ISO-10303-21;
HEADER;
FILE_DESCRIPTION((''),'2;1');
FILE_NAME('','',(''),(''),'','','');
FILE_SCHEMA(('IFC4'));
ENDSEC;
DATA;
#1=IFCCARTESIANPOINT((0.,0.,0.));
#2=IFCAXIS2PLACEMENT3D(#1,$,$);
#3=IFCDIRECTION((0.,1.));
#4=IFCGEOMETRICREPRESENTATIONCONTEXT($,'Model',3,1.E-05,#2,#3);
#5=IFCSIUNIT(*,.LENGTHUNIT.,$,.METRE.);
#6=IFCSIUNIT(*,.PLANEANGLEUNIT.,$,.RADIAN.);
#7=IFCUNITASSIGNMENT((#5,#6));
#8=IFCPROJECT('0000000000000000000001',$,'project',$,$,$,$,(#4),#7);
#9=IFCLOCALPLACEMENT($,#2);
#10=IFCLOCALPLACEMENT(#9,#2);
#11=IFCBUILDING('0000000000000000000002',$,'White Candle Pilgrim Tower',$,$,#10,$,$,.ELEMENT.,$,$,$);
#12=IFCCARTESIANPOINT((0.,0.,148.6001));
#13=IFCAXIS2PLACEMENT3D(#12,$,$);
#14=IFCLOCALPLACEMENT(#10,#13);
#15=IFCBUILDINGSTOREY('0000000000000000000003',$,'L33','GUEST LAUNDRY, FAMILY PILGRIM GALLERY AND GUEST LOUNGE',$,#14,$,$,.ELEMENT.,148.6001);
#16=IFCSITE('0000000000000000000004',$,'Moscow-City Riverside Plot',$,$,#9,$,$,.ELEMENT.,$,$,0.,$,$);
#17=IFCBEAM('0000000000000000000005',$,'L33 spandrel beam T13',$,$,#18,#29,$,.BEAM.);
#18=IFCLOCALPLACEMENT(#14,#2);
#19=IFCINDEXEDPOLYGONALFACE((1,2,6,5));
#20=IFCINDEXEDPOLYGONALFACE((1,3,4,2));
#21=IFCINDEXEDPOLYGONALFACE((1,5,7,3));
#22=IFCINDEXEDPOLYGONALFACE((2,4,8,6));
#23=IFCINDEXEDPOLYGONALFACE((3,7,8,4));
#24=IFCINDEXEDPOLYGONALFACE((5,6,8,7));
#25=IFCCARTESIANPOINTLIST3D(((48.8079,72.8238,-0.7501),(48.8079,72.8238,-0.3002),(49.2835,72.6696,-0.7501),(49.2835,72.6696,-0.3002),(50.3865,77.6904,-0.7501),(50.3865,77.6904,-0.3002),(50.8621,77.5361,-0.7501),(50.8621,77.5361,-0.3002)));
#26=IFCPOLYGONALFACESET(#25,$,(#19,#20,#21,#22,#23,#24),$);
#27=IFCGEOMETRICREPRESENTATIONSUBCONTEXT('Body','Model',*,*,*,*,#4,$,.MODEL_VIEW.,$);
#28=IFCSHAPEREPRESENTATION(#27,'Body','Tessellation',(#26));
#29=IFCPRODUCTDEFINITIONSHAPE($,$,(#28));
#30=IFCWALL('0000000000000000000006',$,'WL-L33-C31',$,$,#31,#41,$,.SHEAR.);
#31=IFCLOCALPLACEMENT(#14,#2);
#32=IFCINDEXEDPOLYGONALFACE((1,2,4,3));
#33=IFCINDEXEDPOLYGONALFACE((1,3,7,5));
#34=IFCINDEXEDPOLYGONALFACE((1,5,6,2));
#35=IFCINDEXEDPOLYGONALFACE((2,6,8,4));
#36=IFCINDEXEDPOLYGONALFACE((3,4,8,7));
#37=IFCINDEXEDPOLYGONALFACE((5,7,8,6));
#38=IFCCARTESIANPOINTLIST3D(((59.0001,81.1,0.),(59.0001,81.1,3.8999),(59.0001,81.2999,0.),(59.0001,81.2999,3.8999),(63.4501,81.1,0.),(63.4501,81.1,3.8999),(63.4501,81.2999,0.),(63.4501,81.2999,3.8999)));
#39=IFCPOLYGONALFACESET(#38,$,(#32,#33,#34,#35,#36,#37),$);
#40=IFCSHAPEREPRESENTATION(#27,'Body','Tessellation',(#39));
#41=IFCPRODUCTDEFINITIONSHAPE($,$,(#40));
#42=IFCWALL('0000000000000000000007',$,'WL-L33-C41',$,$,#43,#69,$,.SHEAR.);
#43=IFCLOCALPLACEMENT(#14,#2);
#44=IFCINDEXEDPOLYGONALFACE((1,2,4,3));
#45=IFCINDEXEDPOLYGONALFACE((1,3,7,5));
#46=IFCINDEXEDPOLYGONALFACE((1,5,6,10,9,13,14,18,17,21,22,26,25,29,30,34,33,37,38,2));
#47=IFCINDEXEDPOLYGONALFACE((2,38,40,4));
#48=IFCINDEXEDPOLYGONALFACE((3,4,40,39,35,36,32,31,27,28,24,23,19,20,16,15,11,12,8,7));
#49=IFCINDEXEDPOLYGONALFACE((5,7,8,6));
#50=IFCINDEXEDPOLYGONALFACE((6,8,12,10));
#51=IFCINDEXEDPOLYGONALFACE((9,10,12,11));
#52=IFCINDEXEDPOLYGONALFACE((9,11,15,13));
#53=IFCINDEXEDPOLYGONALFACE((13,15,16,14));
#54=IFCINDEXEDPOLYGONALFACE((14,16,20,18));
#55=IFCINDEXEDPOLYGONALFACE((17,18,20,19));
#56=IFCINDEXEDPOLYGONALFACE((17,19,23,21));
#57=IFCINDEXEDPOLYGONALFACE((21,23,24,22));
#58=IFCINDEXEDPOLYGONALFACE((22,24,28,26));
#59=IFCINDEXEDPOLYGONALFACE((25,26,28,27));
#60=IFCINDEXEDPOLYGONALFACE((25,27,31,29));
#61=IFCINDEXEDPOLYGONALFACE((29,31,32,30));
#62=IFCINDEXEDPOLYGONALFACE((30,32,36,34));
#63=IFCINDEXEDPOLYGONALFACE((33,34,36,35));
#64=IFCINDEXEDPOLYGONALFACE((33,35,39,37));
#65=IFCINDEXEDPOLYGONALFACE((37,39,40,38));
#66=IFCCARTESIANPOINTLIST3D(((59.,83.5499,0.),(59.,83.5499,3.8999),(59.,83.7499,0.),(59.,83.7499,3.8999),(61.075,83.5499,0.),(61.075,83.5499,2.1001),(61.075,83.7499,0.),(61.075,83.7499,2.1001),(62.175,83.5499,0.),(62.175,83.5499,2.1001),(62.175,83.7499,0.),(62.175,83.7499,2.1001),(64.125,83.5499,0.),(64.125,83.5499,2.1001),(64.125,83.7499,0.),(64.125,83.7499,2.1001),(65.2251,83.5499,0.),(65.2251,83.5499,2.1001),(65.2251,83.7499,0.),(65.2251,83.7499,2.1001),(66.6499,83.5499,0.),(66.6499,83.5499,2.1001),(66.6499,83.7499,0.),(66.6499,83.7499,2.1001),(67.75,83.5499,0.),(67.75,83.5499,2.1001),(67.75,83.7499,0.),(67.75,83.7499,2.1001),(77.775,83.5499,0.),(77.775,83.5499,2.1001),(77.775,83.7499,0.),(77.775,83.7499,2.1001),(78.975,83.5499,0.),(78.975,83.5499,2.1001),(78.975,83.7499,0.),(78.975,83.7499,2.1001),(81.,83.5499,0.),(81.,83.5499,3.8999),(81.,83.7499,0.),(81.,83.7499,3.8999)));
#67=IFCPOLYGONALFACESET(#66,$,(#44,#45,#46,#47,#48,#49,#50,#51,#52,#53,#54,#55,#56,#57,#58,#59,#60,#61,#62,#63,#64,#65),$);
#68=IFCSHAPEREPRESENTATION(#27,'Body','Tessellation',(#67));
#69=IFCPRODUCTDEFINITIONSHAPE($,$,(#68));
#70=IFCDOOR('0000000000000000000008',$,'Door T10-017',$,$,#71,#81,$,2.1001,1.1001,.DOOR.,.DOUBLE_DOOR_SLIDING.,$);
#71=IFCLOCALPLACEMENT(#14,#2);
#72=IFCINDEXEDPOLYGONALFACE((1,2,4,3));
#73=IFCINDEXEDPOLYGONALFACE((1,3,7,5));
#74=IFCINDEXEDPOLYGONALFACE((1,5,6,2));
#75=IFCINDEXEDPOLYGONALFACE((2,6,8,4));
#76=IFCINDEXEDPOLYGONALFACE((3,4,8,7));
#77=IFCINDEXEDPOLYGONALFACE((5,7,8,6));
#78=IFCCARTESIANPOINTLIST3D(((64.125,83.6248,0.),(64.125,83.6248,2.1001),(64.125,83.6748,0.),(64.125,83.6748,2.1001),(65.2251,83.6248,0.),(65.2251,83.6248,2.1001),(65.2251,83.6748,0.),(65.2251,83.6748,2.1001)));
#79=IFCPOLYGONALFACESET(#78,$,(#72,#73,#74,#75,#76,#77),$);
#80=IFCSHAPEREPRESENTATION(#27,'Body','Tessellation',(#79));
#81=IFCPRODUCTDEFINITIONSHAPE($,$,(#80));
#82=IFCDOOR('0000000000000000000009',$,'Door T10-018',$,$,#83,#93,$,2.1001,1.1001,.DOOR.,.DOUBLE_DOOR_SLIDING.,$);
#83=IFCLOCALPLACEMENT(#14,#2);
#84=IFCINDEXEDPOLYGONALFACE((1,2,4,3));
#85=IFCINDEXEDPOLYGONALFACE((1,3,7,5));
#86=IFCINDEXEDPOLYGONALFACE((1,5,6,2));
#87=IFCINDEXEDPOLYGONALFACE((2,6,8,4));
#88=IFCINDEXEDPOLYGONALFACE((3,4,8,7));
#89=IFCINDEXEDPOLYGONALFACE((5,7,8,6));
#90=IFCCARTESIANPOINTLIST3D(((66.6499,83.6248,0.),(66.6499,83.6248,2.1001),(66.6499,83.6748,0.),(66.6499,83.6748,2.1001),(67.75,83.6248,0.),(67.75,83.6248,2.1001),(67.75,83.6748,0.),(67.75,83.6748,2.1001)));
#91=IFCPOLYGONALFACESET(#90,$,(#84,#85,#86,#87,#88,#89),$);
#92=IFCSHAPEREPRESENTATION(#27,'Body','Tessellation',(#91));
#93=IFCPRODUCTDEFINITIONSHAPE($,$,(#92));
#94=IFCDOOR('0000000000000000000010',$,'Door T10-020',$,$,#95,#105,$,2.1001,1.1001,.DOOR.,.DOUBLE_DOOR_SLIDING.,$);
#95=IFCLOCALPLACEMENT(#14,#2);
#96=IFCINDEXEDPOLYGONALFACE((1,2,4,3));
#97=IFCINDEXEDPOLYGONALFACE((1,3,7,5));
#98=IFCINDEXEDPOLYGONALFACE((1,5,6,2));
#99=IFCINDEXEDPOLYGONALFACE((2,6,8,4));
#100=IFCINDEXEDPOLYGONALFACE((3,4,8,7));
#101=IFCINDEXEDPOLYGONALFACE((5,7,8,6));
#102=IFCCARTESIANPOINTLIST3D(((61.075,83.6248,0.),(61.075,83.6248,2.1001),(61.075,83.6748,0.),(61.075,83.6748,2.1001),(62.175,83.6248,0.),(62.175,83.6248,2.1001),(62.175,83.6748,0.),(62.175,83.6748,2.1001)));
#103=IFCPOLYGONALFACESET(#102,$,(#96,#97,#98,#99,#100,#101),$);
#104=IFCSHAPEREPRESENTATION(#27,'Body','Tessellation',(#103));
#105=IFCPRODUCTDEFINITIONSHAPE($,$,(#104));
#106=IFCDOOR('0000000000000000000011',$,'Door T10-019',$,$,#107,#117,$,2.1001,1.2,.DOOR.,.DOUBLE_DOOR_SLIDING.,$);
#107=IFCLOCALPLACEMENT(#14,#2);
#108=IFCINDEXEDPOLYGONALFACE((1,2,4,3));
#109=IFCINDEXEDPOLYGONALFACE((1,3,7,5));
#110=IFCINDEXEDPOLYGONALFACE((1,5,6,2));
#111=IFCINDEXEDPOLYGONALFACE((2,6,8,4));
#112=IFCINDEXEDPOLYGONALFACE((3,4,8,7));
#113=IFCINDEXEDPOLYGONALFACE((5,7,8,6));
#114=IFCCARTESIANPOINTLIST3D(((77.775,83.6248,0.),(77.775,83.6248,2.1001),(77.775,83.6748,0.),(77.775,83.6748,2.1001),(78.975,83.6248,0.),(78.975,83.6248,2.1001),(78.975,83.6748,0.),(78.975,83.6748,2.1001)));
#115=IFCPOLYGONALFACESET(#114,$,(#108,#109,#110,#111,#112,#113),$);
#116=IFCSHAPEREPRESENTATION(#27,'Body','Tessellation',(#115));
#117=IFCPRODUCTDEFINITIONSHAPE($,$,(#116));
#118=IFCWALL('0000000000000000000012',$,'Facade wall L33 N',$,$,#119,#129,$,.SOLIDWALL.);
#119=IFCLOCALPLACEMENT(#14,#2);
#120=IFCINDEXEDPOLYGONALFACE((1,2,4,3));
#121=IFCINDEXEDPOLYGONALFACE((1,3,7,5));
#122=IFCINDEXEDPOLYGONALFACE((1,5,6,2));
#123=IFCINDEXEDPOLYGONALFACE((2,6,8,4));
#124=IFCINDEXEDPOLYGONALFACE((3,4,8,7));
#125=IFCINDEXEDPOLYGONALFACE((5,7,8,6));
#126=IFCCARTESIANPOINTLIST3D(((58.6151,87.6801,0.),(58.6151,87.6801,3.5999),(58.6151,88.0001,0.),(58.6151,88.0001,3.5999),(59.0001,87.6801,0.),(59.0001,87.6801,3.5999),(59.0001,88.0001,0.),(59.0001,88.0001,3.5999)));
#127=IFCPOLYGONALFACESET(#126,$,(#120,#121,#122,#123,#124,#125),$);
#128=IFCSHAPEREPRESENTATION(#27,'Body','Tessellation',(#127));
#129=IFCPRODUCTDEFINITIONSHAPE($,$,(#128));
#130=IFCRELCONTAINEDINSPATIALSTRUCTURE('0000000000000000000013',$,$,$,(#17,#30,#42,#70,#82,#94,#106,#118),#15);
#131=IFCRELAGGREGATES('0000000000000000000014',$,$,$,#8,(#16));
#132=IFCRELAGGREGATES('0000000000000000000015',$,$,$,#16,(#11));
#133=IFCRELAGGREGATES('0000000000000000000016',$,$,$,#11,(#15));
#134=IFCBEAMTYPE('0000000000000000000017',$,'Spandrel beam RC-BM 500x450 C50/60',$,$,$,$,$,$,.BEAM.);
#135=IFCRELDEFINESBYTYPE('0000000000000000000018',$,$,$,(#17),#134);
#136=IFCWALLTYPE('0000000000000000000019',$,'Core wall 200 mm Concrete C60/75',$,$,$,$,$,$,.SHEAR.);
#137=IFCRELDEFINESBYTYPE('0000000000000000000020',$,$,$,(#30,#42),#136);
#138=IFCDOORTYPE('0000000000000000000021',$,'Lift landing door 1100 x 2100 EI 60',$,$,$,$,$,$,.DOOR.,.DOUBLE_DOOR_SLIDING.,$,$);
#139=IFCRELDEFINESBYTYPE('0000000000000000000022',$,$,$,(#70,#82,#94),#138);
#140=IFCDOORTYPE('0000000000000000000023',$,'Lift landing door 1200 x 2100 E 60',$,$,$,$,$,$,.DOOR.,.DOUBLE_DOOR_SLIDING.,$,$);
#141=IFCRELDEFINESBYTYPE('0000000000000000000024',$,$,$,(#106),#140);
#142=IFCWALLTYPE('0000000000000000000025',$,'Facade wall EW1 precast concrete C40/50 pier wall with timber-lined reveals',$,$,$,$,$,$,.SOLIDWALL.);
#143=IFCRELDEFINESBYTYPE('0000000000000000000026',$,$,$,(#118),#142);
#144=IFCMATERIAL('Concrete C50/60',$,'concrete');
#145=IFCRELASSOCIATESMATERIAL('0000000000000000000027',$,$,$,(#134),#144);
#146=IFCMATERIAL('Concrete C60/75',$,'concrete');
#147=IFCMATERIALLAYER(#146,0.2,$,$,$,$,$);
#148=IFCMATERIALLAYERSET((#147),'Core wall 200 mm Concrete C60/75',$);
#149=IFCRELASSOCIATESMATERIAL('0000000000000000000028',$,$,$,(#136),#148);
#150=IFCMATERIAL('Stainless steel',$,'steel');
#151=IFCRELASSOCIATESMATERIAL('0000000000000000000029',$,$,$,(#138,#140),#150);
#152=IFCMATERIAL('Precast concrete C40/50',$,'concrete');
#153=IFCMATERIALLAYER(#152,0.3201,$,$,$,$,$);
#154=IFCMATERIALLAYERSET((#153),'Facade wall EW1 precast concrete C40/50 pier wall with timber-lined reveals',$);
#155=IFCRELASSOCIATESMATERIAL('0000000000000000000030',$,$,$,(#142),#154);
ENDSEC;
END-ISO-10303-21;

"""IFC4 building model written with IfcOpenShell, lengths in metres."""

from ifc_helpers import new_model, si_unit, direction, frame, frame_2d, origin, origin_2d, place, context, subcontext, project, spatial, rectangle, extrude, material, layer, layer_set, material_profile, profile_set, type_object, element, fill, save


model = new_model("IFC4")

# Units and contexts
model_context = context("Model", 3, precision=1e-05, world=origin(), true_north=direction((0.0, 1.0)))
body_context = subcontext(model_context, "Body", "Model", "MODEL_VIEW")
ifc_project = project(units=[si_unit("LENGTHUNIT", "METRE"), si_unit("PLANEANGLEUNIT", "RADIAN")], contexts=[model_context])

# Site, building, storey
site_placement = place(None, origin())
site = spatial("IfcSite", under=ifc_project, at=site_placement, Name="Moscow-City Riverside Plot", CompositionType="ELEMENT", RefElevation=0.0)
building_placement = place(site_placement, origin())
building = spatial("IfcBuilding", under=site, at=building_placement, Name="White Candle Pilgrim Tower", CompositionType="ELEMENT")
storey_placement = place(building_placement, frame((0.0, 0.0, 148.6001)))
storey = spatial("IfcBuildingStorey", under=building, at=storey_placement, Name="L33", Description="GUEST LAUNDRY, FAMILY PILGRIM GALLERY AND GUEST LOUNGE", CompositionType="ELEMENT", Elevation=148.6001)

# Beam
ifc_material_1 = material(Name="Concrete C50/60", Category="concrete")
ifc_material_profile_1 = material_profile(ifc_material_1, rectangle(XDim=0.5, YDim=0.45, at=origin_2d()), Name="RC-BM 500x450")
ifc_profile_set_1 = profile_set([ifc_material_profile_1], Name="Concrete C50/60")
beam_type = type_object("IfcBeamType", Name="Spandrel beam RC-BM 500x450 C50/60", PredefinedType="BEAM", material=ifc_profile_set_1)
beam_1_placement = place(storey_placement, frame((50.6243, 77.6133, -0.5251), z_axis=(-0.308544, -0.95121, 0.0), x_axis=(0.95121, -0.308544, 0.0)))
element("IfcBeam", 1, at=beam_1_placement, inside=storey, type_object=beam_type, Name="L33 spandrel beam T13", PredefinedType="BEAM", context=body_context, shape_type="SweptSolid", body=[
    extrude(rectangle(XDim=0.5, YDim=0.45, at=origin_2d()), origin(), (0.0, 0.0, 1.0), 5.1162),
])

# Wall
ifc_material_2 = material(Name="Concrete C60/75", Category="concrete")
ifc_layer_1 = layer(ifc_material_2, 0.2)
ifc_layer_set_1 = layer_set([ifc_layer_1], Name="Core wall 200 mm Concrete C60/75")
wall_type_1 = type_object("IfcWallType", Name="Core wall 200 mm Concrete C60/75", PredefinedType="SHEAR", material=ifc_layer_set_1)
wall_1_placement = place(storey_placement, frame((59.0, 81.2, 0.0), z_axis=(0.0, 0.0, 1.0), x_axis=(1.0, 0.0, 0.0)))
element("IfcWall", 2, at=wall_1_placement, inside=storey, type_object=wall_type_1, Name="WL-L33-C31", PredefinedType="SHEAR", context=body_context, shape_type="SweptSolid", body=[
    extrude(rectangle(XDim=4.45, YDim=0.2, at=frame_2d((2.2251, 0.0))), origin(), (0.0, 0.0, 1.0), 3.8999),
])

# Wall, openings, doors
wall_2_placement = place(storey_placement, frame((59.0, 83.6499, 0.0), z_axis=(0.0, 0.0, 1.0), x_axis=(1.0, 0.0, 0.0)))
wall_2 = element("IfcWall", 3, at=wall_2_placement, inside=storey, type_object=wall_type_1, Name="WL-L33-C41", PredefinedType="SHEAR", context=body_context, shape_type="SweptSolid", body=[
    extrude(rectangle(XDim=22.0, YDim=0.2, at=frame_2d((11.0, 0.0))), origin(), (0.0, 0.0, 1.0), 3.8999),
])
opening_1_placement = place(wall_2_placement, frame((5.125, 0.0, 0.0)))
opening_1 = element("IfcOpeningElement", 4, at=opening_1_placement, cuts=wall_2, PredefinedType="OPENING", context=body_context, shape_type="SweptSolid", body=[
    extrude(rectangle(XDim=1.1001, YDim=2.1001, at=frame_2d((0.55, 1.05))), frame((0.0, 0.1099, 0.0), z_axis=(0.0, -1.0, 0.0), x_axis=(1.0, 0.0, 0.0)), (0.0, 0.0, 1.0), 0.22),
])
opening_2_placement = place(wall_2_placement, frame((7.6499, 0.0, 0.0)))
opening_2 = element("IfcOpeningElement", 5, at=opening_2_placement, cuts=wall_2, PredefinedType="OPENING", context=body_context, shape_type="SweptSolid", body=[
    extrude(rectangle(XDim=1.1001, YDim=2.1001, at=frame_2d((0.55, 1.05))), frame((0.0, 0.1099, 0.0), z_axis=(0.0, -1.0, 0.0), x_axis=(1.0, 0.0, 0.0)), (0.0, 0.0, 1.0), 0.22),
])
opening_3_placement = place(wall_2_placement, frame((18.7749, 0.0, 0.0)))
opening_3 = element("IfcOpeningElement", 6, at=opening_3_placement, cuts=wall_2, PredefinedType="OPENING", context=body_context, shape_type="SweptSolid", body=[
    extrude(rectangle(XDim=1.2, YDim=2.1001, at=frame_2d((0.6001, 1.05))), frame((0.0, 0.1099, 0.0), z_axis=(0.0, -1.0, 0.0), x_axis=(1.0, 0.0, 0.0)), (0.0, 0.0, 1.0), 0.22),
])
opening_4_placement = place(wall_2_placement, frame((2.075, 0.0, 0.0)))
opening_4 = element("IfcOpeningElement", 7, at=opening_4_placement, cuts=wall_2, PredefinedType="OPENING", context=body_context, shape_type="SweptSolid", body=[
    extrude(rectangle(XDim=1.1001, YDim=2.1001, at=frame_2d((0.55, 1.05))), frame((0.0, 0.1099, 0.0), z_axis=(0.0, -1.0, 0.0), x_axis=(1.0, 0.0, 0.0)), (0.0, 0.0, 1.0), 0.22),
])
ifc_material_3 = material(Name="Stainless steel", Category="steel")
door_type_1 = type_object("IfcDoorType", Name="Lift landing door 1100 x 2100 EI 60", OperationType="DOUBLE_DOOR_SLIDING", PredefinedType="DOOR", material=ifc_material_3)
door_1_placement = place(opening_1_placement, origin())
door_1 = element("IfcDoor", 8, at=door_1_placement, inside=storey, type_object=door_type_1, Name="Door T10-017", OperationType="DOUBLE_DOOR_SLIDING", OverallHeight=2.1001, OverallWidth=1.1001, PredefinedType="DOOR", context=body_context, shape_type="SweptSolid", body=[
    extrude(rectangle(XDim=1.1001, YDim=2.1001, at=frame_2d((0.55, 1.05))), frame((0.0, 0.0249, 0.0), z_axis=(0.0, -1.0, 0.0), x_axis=(1.0, 0.0, 0.0)), (0.0, 0.0, 1.0), 0.05),
])
fill(opening_1, door_1)
door_2_placement = place(opening_2_placement, origin())
door_2 = element("IfcDoor", 9, at=door_2_placement, inside=storey, type_object=door_type_1, Name="Door T10-018", OperationType="DOUBLE_DOOR_SLIDING", OverallHeight=2.1001, OverallWidth=1.1001, PredefinedType="DOOR", context=body_context, shape_type="SweptSolid", body=[
    extrude(rectangle(XDim=1.1001, YDim=2.1001, at=frame_2d((0.55, 1.05))), frame((0.0, 0.0249, 0.0), z_axis=(0.0, -1.0, 0.0), x_axis=(1.0, 0.0, 0.0)), (0.0, 0.0, 1.0), 0.05),
])
fill(opening_2, door_2)
door_3_placement = place(opening_4_placement, origin())
door_3 = element("IfcDoor", 10, at=door_3_placement, inside=storey, type_object=door_type_1, Name="Door T10-020", OperationType="DOUBLE_DOOR_SLIDING", OverallHeight=2.1001, OverallWidth=1.1001, PredefinedType="DOOR", context=body_context, shape_type="SweptSolid", body=[
    extrude(rectangle(XDim=1.1001, YDim=2.1001, at=frame_2d((0.55, 1.05))), frame((0.0, 0.0249, 0.0), z_axis=(0.0, -1.0, 0.0), x_axis=(1.0, 0.0, 0.0)), (0.0, 0.0, 1.0), 0.05),
])
fill(opening_4, door_3)
door_type_2 = type_object("IfcDoorType", Name="Lift landing door 1200 x 2100 E 60", OperationType="DOUBLE_DOOR_SLIDING", PredefinedType="DOOR", material=ifc_material_3)
door_4_placement = place(opening_3_placement, origin())
door_4 = element("IfcDoor", 11, at=door_4_placement, inside=storey, type_object=door_type_2, Name="Door T10-019", OperationType="DOUBLE_DOOR_SLIDING", OverallHeight=2.1001, OverallWidth=1.2, PredefinedType="DOOR", context=body_context, shape_type="SweptSolid", body=[
    extrude(rectangle(XDim=1.2, YDim=2.1001, at=frame_2d((0.6001, 1.05))), frame((0.0, 0.0249, 0.0), z_axis=(0.0, -1.0, 0.0), x_axis=(1.0, 0.0, 0.0)), (0.0, 0.0, 1.0), 0.05),
])
fill(opening_3, door_4)

# Wall
ifc_material_4 = material(Name="Precast concrete C40/50", Category="concrete")
ifc_layer_2 = layer(ifc_material_4, 0.3201)
ifc_layer_set_2 = layer_set([ifc_layer_2], Name="Facade wall EW1 precast concrete C40/50 pier wall with timber-lined reveals")
wall_type_2 = type_object("IfcWallType", Name="Facade wall EW1 precast concrete C40/50 pier wall with timber-lined reveals", PredefinedType="SOLIDWALL", material=ifc_layer_set_2)
wall_3_placement = place(storey_placement, frame((59.0, 87.8401, 0.0), z_axis=(0.0, 0.0, 1.0), x_axis=(-1.0, 0.0, 0.0)))
element("IfcWall", 12, at=wall_3_placement, inside=storey, type_object=wall_type_2, Name="Facade wall L33 N", PredefinedType="SOLIDWALL", context=body_context, shape_type="SweptSolid", body=[
    extrude(rectangle(XDim=0.385, YDim=0.3201, at=frame_2d((0.1924, 0.0))), origin(), (0.0, 0.0, 1.0), 3.5999),
])

save(model, "model.ifc")
